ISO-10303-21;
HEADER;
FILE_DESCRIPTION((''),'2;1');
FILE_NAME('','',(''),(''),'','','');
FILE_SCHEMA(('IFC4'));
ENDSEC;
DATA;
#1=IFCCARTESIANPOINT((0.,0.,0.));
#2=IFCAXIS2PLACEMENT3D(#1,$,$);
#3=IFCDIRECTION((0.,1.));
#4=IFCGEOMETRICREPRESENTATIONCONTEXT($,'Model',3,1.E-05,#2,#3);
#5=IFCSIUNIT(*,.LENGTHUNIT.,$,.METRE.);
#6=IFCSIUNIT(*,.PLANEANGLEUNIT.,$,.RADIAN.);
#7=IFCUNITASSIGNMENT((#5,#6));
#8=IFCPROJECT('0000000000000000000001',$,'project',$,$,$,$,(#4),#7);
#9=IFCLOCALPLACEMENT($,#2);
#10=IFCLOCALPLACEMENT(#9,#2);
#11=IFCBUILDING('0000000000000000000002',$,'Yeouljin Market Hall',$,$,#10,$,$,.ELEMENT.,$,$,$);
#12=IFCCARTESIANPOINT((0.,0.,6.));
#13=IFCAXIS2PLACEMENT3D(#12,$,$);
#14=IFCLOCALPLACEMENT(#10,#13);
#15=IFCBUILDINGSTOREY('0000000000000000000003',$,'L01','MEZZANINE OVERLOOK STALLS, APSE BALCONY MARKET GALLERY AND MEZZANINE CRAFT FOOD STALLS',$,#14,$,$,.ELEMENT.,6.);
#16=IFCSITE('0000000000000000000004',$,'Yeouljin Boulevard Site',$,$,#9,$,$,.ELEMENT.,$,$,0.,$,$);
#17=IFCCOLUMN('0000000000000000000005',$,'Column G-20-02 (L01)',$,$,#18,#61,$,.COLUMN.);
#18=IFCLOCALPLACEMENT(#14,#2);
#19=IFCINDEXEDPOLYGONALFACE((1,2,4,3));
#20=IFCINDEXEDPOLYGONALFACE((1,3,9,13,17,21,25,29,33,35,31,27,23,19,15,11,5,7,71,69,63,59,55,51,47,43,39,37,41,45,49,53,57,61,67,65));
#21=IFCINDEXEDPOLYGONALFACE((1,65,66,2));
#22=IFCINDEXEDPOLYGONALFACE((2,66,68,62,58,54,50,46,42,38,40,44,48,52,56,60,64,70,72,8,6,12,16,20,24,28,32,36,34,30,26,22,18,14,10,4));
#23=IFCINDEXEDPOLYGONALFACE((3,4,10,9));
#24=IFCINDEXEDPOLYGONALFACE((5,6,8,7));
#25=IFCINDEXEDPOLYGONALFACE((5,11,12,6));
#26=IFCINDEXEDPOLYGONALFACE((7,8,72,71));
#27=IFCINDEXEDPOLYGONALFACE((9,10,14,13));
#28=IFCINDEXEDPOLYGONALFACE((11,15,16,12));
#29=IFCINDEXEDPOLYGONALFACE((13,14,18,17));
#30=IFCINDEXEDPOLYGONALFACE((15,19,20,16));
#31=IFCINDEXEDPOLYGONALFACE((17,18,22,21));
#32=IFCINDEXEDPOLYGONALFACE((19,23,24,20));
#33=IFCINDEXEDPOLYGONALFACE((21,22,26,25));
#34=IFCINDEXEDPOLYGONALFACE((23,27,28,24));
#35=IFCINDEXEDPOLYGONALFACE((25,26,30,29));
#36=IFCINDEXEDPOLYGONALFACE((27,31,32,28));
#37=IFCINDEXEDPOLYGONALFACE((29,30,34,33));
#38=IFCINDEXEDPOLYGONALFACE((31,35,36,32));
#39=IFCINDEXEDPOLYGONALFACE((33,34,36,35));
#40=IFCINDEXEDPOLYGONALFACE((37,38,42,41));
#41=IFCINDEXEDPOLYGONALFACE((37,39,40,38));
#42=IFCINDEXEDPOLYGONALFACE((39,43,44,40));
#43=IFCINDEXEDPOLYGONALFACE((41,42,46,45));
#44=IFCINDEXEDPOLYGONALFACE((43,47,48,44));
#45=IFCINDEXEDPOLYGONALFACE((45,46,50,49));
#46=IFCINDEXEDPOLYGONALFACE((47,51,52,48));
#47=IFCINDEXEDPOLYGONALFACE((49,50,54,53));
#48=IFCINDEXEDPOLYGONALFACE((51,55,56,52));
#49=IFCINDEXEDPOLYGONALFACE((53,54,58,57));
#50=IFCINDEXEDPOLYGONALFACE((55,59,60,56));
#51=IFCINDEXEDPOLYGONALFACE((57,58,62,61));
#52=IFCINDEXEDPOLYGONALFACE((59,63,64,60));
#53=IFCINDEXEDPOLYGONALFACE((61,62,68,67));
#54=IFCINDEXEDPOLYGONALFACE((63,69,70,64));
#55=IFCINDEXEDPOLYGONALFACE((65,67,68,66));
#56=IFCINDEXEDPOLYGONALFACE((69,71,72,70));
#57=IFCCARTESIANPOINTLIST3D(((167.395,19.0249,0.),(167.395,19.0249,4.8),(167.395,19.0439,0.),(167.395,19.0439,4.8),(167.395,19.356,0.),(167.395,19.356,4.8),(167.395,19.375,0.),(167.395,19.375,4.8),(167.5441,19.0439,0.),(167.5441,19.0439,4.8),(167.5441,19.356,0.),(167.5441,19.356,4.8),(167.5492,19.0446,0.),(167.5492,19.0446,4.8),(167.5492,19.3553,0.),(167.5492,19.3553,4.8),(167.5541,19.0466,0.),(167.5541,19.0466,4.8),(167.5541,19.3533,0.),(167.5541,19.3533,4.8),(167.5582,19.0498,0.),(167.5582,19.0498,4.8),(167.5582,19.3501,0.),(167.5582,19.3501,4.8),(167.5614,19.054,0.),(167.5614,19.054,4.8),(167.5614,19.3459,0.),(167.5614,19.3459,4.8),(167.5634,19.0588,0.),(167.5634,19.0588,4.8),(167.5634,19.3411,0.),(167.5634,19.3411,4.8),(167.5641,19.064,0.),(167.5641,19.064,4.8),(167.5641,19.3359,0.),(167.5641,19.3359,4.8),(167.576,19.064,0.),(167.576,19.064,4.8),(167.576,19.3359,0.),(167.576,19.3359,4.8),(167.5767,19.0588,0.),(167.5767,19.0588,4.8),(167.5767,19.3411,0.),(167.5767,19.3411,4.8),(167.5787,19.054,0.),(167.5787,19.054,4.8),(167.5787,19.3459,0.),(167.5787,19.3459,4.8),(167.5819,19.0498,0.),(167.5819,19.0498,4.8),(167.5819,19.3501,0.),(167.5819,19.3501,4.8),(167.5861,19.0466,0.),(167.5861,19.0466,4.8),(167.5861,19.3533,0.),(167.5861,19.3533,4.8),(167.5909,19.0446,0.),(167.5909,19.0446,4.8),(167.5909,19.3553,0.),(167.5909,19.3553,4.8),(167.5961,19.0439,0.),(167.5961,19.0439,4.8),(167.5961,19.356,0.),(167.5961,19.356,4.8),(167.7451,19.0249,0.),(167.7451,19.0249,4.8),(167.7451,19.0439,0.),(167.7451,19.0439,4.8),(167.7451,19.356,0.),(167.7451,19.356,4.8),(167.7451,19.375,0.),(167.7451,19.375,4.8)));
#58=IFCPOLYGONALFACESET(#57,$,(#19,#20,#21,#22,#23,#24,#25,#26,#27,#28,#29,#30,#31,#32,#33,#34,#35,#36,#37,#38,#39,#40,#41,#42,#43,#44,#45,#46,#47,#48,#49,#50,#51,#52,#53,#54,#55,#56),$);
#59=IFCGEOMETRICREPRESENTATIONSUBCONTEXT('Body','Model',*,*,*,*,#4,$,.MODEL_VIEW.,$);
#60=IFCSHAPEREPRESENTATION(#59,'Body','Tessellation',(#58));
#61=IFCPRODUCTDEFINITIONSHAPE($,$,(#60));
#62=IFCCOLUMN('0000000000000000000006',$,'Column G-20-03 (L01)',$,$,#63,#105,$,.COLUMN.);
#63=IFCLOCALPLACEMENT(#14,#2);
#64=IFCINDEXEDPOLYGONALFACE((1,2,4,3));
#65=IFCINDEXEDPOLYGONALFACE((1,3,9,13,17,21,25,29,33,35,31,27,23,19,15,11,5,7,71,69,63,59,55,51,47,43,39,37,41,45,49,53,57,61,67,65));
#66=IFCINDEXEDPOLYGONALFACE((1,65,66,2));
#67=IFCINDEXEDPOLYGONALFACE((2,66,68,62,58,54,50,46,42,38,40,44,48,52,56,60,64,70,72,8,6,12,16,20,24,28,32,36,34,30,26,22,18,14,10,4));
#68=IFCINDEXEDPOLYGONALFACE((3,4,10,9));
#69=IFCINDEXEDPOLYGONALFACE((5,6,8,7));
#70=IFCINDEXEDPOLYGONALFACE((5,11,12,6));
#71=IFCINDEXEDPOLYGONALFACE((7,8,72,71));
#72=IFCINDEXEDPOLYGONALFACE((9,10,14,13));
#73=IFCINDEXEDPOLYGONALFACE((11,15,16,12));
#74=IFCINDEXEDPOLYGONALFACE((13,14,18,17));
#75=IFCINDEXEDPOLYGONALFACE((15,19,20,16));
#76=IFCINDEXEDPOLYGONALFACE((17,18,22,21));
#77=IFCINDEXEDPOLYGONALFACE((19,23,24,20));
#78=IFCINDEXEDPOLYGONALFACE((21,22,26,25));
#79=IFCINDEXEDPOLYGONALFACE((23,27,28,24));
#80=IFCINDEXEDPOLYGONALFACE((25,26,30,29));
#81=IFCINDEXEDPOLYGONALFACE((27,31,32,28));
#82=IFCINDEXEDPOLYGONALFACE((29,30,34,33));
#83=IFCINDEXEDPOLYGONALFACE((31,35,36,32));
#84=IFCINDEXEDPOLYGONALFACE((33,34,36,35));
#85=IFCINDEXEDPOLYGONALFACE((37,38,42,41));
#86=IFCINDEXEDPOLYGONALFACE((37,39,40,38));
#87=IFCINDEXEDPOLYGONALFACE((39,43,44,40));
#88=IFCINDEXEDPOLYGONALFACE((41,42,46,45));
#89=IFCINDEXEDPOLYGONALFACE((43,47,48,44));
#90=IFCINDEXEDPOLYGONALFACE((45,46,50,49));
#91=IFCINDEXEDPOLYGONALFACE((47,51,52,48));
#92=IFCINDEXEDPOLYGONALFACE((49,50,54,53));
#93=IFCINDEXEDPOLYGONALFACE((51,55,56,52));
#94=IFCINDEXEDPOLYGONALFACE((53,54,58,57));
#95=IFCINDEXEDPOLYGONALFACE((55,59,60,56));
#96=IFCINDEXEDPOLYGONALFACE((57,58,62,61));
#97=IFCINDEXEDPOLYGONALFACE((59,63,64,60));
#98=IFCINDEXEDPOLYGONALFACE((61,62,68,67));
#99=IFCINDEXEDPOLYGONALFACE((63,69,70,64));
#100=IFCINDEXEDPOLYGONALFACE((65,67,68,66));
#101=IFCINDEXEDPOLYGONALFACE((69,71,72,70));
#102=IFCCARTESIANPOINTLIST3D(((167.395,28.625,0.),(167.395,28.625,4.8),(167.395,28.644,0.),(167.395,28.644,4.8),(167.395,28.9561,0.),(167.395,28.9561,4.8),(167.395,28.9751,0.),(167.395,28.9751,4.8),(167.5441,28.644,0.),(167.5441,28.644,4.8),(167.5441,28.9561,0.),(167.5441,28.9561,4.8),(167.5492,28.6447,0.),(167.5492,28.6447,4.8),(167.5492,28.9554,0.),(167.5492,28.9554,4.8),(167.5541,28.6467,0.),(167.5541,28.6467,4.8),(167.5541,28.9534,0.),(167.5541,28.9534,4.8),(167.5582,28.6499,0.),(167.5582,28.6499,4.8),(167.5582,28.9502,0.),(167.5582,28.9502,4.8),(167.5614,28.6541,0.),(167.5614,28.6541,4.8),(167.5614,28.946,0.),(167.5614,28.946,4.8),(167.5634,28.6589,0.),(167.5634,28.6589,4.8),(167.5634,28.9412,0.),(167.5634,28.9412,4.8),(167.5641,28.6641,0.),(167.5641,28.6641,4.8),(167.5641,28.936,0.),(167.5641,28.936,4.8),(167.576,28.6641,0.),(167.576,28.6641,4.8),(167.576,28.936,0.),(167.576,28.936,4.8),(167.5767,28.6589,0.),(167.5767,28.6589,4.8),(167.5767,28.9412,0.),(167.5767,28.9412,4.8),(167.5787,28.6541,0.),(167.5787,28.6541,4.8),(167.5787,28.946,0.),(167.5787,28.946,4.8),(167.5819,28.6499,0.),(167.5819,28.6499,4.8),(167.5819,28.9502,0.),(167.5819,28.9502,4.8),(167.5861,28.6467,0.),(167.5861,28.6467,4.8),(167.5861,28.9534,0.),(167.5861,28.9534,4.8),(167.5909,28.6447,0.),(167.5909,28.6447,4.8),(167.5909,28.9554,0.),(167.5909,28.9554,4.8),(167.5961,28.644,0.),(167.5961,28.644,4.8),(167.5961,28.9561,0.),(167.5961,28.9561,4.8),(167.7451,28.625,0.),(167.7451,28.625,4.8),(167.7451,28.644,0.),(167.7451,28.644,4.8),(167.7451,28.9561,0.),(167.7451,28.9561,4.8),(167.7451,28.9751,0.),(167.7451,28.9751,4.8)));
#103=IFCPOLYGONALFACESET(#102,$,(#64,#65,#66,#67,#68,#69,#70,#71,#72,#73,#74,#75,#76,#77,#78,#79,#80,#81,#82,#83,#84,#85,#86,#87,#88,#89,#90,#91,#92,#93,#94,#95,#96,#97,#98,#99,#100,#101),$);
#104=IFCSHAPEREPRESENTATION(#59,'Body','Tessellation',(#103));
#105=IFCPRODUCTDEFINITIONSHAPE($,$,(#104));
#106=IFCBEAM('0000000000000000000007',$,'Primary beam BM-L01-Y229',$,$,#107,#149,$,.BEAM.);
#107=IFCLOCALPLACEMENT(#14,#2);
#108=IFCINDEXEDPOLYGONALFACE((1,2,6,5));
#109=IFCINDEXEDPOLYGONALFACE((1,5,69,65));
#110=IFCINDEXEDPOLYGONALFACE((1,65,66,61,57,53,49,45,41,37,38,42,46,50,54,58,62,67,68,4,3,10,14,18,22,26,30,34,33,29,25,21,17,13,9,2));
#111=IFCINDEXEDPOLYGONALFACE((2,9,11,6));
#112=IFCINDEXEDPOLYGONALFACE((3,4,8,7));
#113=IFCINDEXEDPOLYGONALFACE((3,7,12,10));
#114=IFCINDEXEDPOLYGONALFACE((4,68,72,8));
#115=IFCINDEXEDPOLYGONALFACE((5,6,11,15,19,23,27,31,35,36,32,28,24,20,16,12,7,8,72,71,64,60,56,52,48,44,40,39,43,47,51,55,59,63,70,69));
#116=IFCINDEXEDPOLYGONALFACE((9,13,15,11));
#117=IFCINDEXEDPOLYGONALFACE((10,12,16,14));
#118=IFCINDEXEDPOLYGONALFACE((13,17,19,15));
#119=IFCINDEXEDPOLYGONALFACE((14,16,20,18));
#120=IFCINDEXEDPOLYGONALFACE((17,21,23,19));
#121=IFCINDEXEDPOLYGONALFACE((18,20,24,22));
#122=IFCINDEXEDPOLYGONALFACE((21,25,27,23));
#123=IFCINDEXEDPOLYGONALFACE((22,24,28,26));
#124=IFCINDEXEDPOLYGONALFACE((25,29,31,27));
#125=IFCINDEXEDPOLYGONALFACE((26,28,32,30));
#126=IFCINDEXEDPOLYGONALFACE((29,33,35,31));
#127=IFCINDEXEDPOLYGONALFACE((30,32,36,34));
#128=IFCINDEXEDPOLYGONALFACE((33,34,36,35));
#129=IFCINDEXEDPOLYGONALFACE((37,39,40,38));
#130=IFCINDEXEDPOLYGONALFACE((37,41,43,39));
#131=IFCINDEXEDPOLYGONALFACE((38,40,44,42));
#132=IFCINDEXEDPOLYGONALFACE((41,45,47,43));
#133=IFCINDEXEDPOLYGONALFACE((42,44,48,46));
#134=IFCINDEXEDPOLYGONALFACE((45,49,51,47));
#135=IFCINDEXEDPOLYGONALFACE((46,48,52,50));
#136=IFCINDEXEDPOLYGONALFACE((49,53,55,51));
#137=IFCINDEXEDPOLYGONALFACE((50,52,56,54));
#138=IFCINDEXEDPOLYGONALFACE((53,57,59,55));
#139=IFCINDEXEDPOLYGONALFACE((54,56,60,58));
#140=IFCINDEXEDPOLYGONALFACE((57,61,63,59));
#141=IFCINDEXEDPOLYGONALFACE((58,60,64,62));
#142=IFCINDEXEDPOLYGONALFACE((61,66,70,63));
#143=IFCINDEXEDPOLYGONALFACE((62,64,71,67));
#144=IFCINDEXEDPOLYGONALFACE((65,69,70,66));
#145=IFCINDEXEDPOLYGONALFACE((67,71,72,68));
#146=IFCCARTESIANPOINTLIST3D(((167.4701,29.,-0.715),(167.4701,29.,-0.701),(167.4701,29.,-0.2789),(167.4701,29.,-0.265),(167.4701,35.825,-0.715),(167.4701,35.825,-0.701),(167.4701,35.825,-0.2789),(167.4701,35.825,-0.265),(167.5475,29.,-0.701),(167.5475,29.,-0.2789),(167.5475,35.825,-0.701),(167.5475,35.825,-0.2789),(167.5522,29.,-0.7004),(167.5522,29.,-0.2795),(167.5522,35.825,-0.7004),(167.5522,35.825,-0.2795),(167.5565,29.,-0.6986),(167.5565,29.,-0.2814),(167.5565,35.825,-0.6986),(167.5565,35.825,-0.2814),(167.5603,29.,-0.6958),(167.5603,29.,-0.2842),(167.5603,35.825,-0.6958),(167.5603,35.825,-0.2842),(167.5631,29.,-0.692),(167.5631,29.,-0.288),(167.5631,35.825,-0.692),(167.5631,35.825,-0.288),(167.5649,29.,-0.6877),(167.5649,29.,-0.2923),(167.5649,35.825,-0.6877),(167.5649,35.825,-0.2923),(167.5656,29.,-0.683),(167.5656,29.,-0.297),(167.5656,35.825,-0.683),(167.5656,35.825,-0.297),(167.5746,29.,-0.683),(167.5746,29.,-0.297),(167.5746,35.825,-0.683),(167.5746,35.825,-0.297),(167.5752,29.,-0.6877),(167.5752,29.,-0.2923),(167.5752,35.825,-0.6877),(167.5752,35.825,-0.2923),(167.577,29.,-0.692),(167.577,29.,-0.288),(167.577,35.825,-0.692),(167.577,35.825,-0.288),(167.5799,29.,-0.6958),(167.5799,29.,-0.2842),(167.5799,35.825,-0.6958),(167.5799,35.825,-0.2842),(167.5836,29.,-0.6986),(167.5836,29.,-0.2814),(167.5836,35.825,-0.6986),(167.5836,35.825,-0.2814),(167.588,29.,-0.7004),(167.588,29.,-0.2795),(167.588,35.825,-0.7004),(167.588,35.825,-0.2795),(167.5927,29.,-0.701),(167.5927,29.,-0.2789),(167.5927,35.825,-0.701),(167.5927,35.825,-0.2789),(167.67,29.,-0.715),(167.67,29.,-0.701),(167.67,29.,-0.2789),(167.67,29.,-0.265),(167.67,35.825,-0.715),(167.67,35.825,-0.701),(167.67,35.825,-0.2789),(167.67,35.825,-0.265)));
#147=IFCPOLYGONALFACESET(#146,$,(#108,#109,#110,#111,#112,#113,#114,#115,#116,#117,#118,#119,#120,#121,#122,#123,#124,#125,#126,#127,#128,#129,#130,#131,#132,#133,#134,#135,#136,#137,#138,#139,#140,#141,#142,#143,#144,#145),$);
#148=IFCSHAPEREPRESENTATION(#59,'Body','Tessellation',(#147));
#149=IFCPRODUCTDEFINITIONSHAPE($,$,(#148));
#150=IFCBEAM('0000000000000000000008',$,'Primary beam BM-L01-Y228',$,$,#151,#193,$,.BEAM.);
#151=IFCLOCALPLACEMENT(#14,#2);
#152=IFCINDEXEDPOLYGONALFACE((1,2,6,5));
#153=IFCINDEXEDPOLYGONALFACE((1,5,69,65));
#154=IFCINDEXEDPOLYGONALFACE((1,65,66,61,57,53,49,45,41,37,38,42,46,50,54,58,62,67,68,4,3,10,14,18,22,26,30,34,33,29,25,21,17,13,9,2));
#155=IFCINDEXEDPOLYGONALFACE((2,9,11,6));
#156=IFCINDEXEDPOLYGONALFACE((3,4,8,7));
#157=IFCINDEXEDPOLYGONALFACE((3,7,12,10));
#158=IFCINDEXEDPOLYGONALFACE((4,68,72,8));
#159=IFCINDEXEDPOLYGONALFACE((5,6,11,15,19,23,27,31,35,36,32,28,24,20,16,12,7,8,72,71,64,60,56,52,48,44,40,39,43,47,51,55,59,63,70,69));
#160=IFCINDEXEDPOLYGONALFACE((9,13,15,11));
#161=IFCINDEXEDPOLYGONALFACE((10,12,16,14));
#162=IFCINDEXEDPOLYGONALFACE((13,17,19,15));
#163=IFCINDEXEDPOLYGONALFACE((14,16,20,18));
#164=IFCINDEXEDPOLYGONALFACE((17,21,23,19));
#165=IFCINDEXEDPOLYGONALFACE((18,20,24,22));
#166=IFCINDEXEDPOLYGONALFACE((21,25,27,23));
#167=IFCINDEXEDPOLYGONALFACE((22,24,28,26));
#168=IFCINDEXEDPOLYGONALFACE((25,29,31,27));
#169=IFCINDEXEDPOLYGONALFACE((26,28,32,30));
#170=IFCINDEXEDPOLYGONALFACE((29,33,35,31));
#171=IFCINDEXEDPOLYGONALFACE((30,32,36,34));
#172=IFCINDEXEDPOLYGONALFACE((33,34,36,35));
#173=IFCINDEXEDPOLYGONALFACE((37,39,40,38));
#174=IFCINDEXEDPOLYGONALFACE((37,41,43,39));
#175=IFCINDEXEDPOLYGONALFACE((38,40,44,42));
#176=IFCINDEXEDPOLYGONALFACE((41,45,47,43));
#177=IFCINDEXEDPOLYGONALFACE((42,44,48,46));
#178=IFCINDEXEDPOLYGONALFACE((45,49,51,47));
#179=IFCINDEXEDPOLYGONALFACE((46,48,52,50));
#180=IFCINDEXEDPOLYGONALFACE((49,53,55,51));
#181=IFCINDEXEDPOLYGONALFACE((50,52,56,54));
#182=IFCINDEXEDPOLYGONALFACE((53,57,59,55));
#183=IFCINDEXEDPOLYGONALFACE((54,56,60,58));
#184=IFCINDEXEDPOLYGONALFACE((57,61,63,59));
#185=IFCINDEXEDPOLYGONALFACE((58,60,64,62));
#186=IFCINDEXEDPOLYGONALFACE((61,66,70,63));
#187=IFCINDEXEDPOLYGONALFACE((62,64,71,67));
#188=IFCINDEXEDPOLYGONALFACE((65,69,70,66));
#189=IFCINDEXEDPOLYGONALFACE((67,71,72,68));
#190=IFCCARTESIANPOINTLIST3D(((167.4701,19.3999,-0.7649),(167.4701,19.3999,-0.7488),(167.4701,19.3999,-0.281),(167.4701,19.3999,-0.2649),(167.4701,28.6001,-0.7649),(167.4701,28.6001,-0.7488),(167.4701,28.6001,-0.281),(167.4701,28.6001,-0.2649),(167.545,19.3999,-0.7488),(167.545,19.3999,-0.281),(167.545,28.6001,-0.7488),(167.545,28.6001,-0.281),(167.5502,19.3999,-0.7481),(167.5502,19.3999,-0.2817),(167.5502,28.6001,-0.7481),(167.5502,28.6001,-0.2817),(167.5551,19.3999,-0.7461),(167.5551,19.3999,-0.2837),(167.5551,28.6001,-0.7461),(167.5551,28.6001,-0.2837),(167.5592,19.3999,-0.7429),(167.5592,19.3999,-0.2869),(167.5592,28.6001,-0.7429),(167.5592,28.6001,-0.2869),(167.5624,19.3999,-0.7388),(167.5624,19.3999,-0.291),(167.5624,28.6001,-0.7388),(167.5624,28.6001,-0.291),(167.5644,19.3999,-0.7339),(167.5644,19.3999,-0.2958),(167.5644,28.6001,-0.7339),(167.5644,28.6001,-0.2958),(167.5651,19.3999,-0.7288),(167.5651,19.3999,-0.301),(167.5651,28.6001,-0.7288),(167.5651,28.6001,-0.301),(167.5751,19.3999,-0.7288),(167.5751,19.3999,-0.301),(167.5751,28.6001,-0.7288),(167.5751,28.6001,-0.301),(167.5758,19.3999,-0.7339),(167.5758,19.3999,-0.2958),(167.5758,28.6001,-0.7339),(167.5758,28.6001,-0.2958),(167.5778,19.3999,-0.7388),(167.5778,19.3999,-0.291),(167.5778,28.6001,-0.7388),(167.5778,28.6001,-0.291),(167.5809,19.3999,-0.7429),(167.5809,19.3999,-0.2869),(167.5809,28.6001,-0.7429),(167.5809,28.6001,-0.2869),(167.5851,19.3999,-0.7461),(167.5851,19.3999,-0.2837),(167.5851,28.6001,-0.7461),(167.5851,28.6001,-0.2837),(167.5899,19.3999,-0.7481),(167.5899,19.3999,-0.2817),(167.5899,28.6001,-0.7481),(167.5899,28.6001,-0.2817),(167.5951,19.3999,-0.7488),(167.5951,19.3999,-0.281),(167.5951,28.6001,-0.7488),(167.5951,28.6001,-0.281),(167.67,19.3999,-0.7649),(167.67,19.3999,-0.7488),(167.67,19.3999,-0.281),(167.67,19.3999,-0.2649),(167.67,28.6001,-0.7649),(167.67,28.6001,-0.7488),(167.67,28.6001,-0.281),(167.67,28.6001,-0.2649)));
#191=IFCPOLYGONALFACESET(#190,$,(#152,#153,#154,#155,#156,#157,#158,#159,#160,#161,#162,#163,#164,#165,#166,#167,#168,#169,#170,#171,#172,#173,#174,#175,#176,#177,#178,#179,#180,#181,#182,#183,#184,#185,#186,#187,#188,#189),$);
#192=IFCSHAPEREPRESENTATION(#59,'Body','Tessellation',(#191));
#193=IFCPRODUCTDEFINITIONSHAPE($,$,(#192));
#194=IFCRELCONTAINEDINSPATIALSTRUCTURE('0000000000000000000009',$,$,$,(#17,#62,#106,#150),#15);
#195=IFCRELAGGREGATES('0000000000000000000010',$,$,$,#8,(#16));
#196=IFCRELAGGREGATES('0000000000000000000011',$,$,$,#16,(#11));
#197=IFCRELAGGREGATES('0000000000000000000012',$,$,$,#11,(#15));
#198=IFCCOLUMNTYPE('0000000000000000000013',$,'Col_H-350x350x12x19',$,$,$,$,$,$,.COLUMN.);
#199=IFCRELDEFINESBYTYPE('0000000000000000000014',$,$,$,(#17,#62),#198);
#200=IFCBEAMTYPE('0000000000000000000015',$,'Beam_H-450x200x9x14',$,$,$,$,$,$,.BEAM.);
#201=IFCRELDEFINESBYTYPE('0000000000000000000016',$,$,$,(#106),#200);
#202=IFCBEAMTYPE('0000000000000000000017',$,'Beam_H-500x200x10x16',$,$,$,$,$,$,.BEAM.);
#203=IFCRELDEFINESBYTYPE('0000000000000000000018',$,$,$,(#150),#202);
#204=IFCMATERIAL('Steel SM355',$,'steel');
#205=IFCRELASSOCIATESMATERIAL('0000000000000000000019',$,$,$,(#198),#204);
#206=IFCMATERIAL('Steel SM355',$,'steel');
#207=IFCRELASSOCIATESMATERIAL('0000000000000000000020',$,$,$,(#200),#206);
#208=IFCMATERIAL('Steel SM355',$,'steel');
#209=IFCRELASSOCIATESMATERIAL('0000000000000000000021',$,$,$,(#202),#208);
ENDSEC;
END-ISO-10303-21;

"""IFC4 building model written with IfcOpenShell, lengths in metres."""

from ifc_helpers import new_model, si_unit, direction, frame, origin, origin_2d, place, context, subcontext, project, spatial, i_section, extrude, material, material_profile, profile_set, type_object, element, save


model = new_model("IFC4")

# Units and contexts
model_context = context("Model", 3, precision=1e-05, world=origin(), true_north=direction((0.0, 1.0)))
body_context = subcontext(model_context, "Body", "Model", "MODEL_VIEW")
ifc_project = project(units=[si_unit("LENGTHUNIT", "METRE"), si_unit("PLANEANGLEUNIT", "RADIAN")], contexts=[model_context])

# Site, building, storey
site_placement = place(None, origin())
site = spatial("IfcSite", under=ifc_project, at=site_placement, Name="Yeouljin Boulevard Site", CompositionType="ELEMENT", RefElevation=0.0)
building_placement = place(site_placement, origin())
building = spatial("IfcBuilding", under=site, at=building_placement, Name="Yeouljin Market Hall", CompositionType="ELEMENT")
storey_placement = place(building_placement, frame((0.0, 0.0, 6.0)))
storey = spatial("IfcBuildingStorey", under=building, at=storey_placement, Name="L01", Description="MEZZANINE OVERLOOK STALLS, APSE BALCONY MARKET GALLERY AND MEZZANINE CRAFT FOOD STALLS", CompositionType="ELEMENT", Elevation=6.0)

# Columns
ifc_material_1 = material(Name="Steel SM355", Category="steel")
ifc_material_profile_1 = material_profile(ifc_material_1, i_section(OverallWidth=0.3501, OverallDepth=0.3501, WebThickness=0.012, FlangeThickness=0.019, FilletRadius=0.02, at=origin_2d()), Name="H-350x350x12x19")
ifc_profile_set_1 = profile_set([ifc_material_profile_1], Name="Steel SM355")
column_type = type_object("IfcColumnType", Name="Col_H-350x350x12x19", PredefinedType="COLUMN", material=ifc_profile_set_1)
for number, where, z_axis, x_axis, name in (
    (1, (167.5701, 19.2, 0.0), (0.0, 0.0, 1.0), (1.0, 0.0, 0.0), "Column G-20-02 (L01)"),
    (2, (167.5701, 28.8, 0.0), (0.0, 0.0, 1.0), (1.0, 0.0, 0.0), "Column G-20-03 (L01)"),
):
    element("IfcColumn", number, at=place(storey_placement, frame(where, z_axis=z_axis, x_axis=x_axis)), inside=storey, type_object=column_type, Name=name, PredefinedType="COLUMN", context=body_context, shape_type="SweptSolid", body=[
        extrude(i_section(OverallWidth=0.3501, OverallDepth=0.3501, WebThickness=0.012, FlangeThickness=0.019, FilletRadius=0.02, at=origin_2d()), origin(), (0.0, 0.0, 1.0), 4.8),
    ])

# Beams
ifc_material_2 = material(Name="Steel SM355", Category="steel")
ifc_material_profile_2 = material_profile(ifc_material_2, i_section(OverallWidth=0.2, OverallDepth=0.45, WebThickness=0.009, FlangeThickness=0.0139, FilletRadius=0.0181, at=origin_2d()), Name="H-450x200x9x14")
ifc_profile_set_2 = profile_set([ifc_material_profile_2], Name="Steel SM355")
beam_type_1 = type_object("IfcBeamType", Name="Beam_H-450x200x9x14", PredefinedType="BEAM", material=ifc_profile_set_2)
beam_1_placement = place(storey_placement, frame((167.5701, 29.0, -0.49), z_axis=(0.0, 1.0, 0.0), x_axis=(-1.0, 0.0, 0.0)))
element("IfcBeam", 3, at=beam_1_placement, inside=storey, type_object=beam_type_1, Name="Primary beam BM-L01-Y229", PredefinedType="BEAM", context=body_context, shape_type="SweptSolid", body=[
    extrude(i_section(OverallWidth=0.2, OverallDepth=0.45, WebThickness=0.009, FlangeThickness=0.0139, FilletRadius=0.0181, at=origin_2d()), origin(), (0.0, 0.0, 1.0), 6.825),
])
ifc_material_3 = material(Name="Steel SM355", Category="steel")
ifc_material_profile_3 = material_profile(ifc_material_3, i_section(OverallWidth=0.2, OverallDepth=0.5, WebThickness=0.01, FlangeThickness=0.0161, FilletRadius=0.02, at=origin_2d()), Name="H-500x200x10x16")
ifc_profile_set_3 = profile_set([ifc_material_profile_3], Name="Steel SM355")
beam_type_2 = type_object("IfcBeamType", Name="Beam_H-500x200x10x16", PredefinedType="BEAM", material=ifc_profile_set_3)
beam_2_placement = place(storey_placement, frame((167.5701, 19.3999, -0.5149), z_axis=(0.0, 1.0, 0.0), x_axis=(-1.0, 0.0, 0.0)))
element("IfcBeam", 4, at=beam_2_placement, inside=storey, type_object=beam_type_2, Name="Primary beam BM-L01-Y228", PredefinedType="BEAM", context=body_context, shape_type="SweptSolid", body=[
    extrude(i_section(OverallWidth=0.2, OverallDepth=0.5, WebThickness=0.01, FlangeThickness=0.0161, FilletRadius=0.02, at=origin_2d()), origin(), (0.0, 0.0, 1.0), 9.2002),
])

save(model, "model.ifc")
